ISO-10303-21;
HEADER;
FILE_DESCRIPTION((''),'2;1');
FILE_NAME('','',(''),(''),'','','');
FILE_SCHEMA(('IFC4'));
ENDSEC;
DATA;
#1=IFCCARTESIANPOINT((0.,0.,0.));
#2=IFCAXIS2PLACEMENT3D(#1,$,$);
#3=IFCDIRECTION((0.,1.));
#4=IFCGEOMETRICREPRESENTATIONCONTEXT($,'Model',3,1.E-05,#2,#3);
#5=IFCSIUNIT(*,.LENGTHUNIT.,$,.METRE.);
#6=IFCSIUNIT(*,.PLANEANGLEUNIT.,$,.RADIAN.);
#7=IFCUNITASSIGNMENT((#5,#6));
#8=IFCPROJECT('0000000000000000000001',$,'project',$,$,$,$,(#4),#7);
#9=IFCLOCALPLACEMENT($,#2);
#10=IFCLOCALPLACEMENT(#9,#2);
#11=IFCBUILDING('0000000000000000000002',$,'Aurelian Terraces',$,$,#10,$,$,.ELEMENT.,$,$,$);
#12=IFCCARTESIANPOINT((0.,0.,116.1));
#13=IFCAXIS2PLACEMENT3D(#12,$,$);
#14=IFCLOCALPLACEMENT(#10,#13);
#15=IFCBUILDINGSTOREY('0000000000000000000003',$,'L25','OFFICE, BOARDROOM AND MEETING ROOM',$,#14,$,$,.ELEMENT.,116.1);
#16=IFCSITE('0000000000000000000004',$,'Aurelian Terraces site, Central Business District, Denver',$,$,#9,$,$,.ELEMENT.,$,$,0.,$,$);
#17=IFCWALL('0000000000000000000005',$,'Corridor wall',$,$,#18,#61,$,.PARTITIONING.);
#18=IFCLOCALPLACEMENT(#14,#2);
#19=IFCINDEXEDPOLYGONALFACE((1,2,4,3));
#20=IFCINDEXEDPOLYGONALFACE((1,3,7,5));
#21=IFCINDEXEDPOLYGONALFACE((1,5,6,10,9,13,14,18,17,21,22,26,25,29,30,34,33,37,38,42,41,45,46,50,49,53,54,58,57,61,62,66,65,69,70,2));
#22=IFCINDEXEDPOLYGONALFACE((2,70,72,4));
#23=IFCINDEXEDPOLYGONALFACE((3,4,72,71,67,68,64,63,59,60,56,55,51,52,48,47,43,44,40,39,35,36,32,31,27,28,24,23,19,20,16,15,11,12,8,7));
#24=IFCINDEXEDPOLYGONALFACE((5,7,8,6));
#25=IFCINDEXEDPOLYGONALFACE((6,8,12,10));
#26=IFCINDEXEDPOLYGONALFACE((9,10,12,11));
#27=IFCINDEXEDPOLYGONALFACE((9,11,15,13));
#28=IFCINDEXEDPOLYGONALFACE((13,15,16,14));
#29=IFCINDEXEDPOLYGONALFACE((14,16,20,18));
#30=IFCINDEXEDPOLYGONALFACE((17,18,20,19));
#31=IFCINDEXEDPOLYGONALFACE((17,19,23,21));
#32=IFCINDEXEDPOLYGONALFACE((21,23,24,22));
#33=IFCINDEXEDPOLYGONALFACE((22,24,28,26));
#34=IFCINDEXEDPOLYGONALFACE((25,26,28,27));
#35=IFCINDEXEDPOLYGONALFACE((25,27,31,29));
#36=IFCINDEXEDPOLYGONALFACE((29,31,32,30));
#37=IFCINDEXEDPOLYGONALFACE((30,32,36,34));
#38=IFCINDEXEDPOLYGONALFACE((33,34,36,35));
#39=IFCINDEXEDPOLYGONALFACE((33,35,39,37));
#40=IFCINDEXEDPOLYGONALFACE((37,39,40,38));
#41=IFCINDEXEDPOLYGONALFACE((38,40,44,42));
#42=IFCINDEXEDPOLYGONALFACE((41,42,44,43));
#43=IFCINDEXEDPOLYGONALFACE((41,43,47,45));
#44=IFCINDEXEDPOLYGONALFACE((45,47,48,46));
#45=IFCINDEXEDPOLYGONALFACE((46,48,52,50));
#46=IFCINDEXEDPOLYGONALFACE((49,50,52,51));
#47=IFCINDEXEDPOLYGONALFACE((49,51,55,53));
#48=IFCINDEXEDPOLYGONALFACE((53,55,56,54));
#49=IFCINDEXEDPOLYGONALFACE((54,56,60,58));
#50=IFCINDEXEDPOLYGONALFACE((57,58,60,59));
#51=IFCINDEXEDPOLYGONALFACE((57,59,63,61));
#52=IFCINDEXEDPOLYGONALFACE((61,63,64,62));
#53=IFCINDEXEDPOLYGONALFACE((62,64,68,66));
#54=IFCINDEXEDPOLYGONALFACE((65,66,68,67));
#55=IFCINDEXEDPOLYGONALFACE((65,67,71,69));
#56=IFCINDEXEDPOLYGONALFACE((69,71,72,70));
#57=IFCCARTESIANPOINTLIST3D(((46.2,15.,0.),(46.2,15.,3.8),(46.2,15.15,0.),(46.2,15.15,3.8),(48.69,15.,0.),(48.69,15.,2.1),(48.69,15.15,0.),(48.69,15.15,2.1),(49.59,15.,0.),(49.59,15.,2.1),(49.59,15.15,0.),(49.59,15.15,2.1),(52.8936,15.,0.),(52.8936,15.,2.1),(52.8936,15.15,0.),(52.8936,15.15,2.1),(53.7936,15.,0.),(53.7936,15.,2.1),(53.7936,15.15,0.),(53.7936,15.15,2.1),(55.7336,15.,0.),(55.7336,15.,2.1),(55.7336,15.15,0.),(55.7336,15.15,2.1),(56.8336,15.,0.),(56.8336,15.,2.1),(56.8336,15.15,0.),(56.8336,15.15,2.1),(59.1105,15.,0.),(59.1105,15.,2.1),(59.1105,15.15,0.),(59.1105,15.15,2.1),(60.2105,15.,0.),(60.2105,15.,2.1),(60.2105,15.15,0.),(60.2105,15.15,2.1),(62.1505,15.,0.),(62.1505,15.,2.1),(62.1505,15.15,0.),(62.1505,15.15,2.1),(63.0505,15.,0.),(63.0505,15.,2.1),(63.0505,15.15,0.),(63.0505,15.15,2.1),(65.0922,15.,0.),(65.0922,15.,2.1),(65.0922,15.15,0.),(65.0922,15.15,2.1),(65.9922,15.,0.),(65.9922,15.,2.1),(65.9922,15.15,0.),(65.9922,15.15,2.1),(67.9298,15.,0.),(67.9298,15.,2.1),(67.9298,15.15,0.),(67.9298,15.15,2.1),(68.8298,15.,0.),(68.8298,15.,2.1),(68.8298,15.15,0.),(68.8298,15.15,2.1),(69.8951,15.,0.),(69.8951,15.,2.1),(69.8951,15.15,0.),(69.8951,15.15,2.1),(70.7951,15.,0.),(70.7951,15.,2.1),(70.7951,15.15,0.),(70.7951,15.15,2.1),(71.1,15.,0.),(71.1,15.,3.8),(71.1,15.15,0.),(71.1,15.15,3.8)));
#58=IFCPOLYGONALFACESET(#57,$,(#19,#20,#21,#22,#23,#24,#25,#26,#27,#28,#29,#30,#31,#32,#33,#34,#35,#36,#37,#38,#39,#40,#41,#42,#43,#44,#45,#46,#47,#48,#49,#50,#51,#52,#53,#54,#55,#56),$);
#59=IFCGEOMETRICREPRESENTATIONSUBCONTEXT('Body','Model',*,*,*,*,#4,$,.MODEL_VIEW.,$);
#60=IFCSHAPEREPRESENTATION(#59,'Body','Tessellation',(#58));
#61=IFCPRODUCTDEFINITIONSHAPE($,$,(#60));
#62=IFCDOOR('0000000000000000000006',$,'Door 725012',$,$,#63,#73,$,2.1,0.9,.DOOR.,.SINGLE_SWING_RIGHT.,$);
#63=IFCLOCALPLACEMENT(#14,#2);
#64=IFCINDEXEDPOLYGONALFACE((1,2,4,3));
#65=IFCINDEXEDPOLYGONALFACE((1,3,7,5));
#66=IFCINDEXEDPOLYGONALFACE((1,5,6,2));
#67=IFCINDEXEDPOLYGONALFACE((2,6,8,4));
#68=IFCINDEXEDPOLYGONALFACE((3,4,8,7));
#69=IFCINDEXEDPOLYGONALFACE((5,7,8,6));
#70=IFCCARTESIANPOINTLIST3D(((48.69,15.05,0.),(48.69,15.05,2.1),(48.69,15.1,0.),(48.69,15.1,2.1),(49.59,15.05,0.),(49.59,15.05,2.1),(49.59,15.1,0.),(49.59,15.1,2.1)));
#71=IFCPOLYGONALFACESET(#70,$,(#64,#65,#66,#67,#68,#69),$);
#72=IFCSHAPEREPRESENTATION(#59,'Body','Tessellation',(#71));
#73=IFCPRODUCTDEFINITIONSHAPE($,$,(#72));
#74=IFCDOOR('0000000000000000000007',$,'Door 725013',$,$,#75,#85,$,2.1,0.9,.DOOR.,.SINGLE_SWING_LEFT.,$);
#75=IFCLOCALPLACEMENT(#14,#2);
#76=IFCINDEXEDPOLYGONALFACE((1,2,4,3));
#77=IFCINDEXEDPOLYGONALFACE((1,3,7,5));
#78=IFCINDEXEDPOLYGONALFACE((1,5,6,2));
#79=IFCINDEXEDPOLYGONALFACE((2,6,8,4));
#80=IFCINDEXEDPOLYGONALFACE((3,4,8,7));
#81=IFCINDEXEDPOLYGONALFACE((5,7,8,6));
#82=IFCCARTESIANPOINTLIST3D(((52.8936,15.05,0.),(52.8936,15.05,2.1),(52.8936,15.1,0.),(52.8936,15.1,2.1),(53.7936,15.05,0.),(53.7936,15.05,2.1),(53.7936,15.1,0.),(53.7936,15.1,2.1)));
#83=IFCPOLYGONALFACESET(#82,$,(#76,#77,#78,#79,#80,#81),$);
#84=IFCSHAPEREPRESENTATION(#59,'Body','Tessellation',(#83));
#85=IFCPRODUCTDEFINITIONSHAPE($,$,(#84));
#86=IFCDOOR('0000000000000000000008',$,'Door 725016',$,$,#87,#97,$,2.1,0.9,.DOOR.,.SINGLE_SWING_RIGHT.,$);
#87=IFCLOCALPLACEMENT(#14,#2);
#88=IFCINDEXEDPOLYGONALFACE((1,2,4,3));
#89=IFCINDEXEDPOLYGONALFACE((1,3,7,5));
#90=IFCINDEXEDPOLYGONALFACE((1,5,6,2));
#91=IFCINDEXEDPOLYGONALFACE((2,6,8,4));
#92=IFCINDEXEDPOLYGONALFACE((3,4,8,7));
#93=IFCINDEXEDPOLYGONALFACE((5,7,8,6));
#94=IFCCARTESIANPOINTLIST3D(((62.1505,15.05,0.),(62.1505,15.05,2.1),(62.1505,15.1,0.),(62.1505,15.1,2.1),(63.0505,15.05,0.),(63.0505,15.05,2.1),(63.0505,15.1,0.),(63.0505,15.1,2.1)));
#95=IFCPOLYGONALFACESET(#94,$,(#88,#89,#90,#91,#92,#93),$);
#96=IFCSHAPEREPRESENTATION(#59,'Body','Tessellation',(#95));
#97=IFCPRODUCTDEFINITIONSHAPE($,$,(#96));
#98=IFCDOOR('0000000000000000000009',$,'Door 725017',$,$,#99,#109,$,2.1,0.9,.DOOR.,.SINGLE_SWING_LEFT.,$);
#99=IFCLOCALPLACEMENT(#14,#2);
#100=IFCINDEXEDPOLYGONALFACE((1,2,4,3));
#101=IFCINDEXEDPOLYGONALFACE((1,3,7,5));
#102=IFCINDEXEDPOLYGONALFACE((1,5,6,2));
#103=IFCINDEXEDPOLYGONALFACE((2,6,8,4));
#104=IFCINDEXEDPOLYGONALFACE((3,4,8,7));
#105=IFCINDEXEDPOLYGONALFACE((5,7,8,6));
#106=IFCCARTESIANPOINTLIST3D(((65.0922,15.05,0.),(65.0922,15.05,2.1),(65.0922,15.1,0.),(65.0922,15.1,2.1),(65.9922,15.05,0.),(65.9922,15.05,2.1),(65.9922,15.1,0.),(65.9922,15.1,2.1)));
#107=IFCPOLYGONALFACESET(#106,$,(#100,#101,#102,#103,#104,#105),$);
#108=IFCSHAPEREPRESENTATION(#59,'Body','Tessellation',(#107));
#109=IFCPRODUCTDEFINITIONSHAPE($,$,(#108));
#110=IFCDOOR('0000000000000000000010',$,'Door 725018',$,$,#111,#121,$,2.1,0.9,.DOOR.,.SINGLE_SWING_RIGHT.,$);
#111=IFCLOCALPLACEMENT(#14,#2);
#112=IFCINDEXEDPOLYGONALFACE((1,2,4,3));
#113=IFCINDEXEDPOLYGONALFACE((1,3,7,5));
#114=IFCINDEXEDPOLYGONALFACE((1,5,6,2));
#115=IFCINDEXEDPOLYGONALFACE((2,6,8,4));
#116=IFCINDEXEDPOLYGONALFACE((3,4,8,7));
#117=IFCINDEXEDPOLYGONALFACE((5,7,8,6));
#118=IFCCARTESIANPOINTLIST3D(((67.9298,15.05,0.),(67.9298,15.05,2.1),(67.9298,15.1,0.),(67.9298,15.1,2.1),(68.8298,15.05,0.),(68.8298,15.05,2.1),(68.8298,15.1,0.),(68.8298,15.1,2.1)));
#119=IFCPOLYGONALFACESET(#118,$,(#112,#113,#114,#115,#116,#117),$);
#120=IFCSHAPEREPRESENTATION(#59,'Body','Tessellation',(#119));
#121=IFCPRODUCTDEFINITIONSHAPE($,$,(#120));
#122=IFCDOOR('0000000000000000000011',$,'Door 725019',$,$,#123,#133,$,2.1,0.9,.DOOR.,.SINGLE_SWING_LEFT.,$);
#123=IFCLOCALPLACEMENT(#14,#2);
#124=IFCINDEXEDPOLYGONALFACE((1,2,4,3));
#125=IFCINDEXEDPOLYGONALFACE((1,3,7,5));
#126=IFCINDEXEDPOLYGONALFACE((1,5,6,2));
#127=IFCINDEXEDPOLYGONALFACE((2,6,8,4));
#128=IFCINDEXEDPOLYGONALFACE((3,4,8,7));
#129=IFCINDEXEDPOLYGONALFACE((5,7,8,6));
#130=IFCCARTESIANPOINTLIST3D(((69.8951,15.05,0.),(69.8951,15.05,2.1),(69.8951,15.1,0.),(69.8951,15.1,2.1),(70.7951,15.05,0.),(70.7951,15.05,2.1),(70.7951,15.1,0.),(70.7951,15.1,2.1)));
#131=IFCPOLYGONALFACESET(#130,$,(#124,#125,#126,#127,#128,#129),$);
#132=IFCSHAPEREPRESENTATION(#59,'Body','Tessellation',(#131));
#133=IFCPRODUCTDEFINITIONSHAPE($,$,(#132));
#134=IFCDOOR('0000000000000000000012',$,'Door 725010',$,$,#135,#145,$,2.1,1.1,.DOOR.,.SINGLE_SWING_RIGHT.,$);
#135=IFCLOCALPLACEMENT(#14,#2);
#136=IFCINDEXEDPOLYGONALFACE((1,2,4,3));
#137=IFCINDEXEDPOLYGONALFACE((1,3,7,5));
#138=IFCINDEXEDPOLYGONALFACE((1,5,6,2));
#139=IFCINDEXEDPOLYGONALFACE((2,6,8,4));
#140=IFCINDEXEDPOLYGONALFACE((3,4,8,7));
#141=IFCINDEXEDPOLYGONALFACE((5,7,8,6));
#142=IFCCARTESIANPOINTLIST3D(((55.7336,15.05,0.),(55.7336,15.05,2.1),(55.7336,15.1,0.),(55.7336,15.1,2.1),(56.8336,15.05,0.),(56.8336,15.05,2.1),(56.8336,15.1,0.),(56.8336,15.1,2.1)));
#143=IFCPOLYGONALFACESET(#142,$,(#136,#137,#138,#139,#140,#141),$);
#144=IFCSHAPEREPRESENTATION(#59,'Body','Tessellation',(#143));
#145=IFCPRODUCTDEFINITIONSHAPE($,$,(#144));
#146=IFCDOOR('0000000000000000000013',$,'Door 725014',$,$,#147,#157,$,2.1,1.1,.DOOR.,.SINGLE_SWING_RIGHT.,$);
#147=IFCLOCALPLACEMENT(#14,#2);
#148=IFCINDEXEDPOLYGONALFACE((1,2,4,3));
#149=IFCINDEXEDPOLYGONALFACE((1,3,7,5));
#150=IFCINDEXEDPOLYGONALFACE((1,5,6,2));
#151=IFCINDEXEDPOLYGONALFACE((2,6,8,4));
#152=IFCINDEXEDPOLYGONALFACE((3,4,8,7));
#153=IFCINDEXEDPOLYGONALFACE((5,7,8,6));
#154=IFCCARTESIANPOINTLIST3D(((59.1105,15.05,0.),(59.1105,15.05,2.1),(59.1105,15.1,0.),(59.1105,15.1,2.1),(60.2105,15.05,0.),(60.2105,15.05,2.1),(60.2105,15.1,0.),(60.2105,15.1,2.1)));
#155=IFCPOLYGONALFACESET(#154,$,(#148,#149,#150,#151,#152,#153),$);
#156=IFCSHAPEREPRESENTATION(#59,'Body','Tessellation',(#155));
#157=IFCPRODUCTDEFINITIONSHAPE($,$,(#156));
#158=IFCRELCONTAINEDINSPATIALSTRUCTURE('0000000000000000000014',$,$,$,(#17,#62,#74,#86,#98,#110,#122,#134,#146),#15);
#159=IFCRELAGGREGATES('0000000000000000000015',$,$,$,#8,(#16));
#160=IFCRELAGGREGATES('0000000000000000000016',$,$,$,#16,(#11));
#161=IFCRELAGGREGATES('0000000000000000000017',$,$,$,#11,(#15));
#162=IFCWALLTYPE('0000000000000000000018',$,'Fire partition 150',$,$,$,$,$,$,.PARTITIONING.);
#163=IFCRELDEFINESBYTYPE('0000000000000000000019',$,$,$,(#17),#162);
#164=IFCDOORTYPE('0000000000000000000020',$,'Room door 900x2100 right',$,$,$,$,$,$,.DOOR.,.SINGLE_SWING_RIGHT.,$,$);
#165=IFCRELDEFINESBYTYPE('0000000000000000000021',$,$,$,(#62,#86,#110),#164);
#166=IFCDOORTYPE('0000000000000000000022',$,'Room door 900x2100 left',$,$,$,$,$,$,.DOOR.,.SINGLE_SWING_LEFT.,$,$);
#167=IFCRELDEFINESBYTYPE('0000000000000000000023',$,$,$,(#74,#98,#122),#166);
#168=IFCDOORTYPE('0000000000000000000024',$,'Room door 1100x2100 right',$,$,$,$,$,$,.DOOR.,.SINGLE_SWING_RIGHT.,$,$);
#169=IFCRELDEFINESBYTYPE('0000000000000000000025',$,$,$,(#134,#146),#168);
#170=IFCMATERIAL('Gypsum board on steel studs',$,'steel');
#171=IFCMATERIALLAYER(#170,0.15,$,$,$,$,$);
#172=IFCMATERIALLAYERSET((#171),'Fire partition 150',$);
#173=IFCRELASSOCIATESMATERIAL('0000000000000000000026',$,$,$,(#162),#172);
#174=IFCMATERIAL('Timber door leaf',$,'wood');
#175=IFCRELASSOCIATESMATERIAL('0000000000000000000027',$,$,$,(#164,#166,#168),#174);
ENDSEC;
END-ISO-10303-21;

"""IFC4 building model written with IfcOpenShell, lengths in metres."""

from ifc_helpers import new_model, si_unit, direction, frame, frame_2d, origin, place, context, subcontext, project, spatial, rectangle, extrude, source, transform, mapped, material, layer, layer_set, type_object, element, fill, save


model = new_model("IFC4")

# Units and contexts
model_context = context("Model", 3, precision=1e-05, world=origin(), true_north=direction((0.0, 1.0)))
body_context = subcontext(model_context, "Body", "Model", "MODEL_VIEW")
ifc_project = project(units=[si_unit("LENGTHUNIT", "METRE"), si_unit("PLANEANGLEUNIT", "RADIAN")], contexts=[model_context])

# Site, building, storey
site_placement = place(None, origin())
site = spatial("IfcSite", under=ifc_project, at=site_placement, Name="Aurelian Terraces site, Central Business District, Denver", CompositionType="ELEMENT", RefElevation=0.0)
building_placement = place(site_placement, origin())
building = spatial("IfcBuilding", under=site, at=building_placement, Name="Aurelian Terraces", CompositionType="ELEMENT")
storey_placement = place(building_placement, frame((0.0, 0.0, 116.1)))
storey = spatial("IfcBuildingStorey", under=building, at=storey_placement, Name="L25", Description="OFFICE, BOARDROOM AND MEETING ROOM", CompositionType="ELEMENT", Elevation=116.1)

# Wall, openings, doors
ifc_material_1 = material(Name="Gypsum board on steel studs", Category="steel")
ifc_layer_1 = layer(ifc_material_1, 0.15)
ifc_layer_set_1 = layer_set([ifc_layer_1], Name="Fire partition 150")
wall_type_1 = type_object("IfcWallType", Name="Fire partition 150", PredefinedType="PARTITIONING", material=ifc_layer_set_1)
shared_shape_1 = source(origin(), body_context, "Body", "SweptSolid", [
    extrude(rectangle(XDim=24.9, YDim=0.15, at=frame_2d((12.45, 0.0))), origin(), (0.0, 0.0, 1.0), 3.8),
])
wall_1_placement = place(storey_placement, frame((71.1, 15.075, 0.0), z_axis=(0.0, 0.0, 1.0), x_axis=(-1.0, 0.0, 0.0)))
wall_1 = element("IfcWall", 1, at=wall_1_placement, inside=storey, type_object=wall_type_1, Name="Corridor wall", PredefinedType="PARTITIONING", context=body_context, shape_type="MappedRepresentation", body=[
    mapped(shared_shape_1, transform((0.0, 0.0, 0.0), scale=1.0)),
])
shared_shape_2 = source(origin(), body_context, "Body", "SweptSolid", [
    extrude(rectangle(XDim=1.1, YDim=2.1, at=frame_2d((0.55, 1.05))), frame((0.0, 0.085, 0.0), z_axis=(0.0, -1.0, 0.0), x_axis=(1.0, 0.0, 0.0)), (0.0, 0.0, 1.0), 0.17),
])
opening_1_placement = place(wall_1_placement, frame((14.2664, 0.0, 0.0)))
opening_1 = element("IfcOpeningElement", 2, at=opening_1_placement, cuts=wall_1, PredefinedType="OPENING", context=body_context, shape_type="MappedRepresentation", body=[
    mapped(shared_shape_2, transform((0.0, 0.0, 0.0), scale=1.0)),
])
shared_shape_3 = source(origin(), body_context, "Body", "SweptSolid", [
    extrude(rectangle(XDim=0.9, YDim=2.1, at=frame_2d((0.45, 1.05))), frame((0.0, 0.085, 0.0), z_axis=(0.0, -1.0, 0.0), x_axis=(1.0, 0.0, 0.0)), (0.0, 0.0, 1.0), 0.17),
])
opening_2_placement = place(wall_1_placement, frame((21.51, 0.0, 0.0)))
opening_2 = element("IfcOpeningElement", 3, at=opening_2_placement, cuts=wall_1, PredefinedType="OPENING", context=body_context, shape_type="MappedRepresentation", body=[
    mapped(shared_shape_3, transform((0.0, 0.0, 0.0), scale=1.0)),
])
opening_3_placement = place(wall_1_placement, frame((17.3064, 0.0, 0.0)))
opening_3 = element("IfcOpeningElement", 4, at=opening_3_placement, cuts=wall_1, PredefinedType="OPENING", context=body_context, shape_type="MappedRepresentation", body=[
    mapped(shared_shape_3, transform((0.0, 0.0, 0.0), scale=1.0)),
])
opening_4_placement = place(wall_1_placement, frame((10.8895, 0.0, 0.0)))
opening_4 = element("IfcOpeningElement", 5, at=opening_4_placement, cuts=wall_1, PredefinedType="OPENING", context=body_context, shape_type="MappedRepresentation", body=[
    mapped(shared_shape_2, transform((0.0, 0.0, 0.0), scale=1.0)),
])
opening_5_placement = place(wall_1_placement, frame((8.0495, 0.0, 0.0)))
opening_5 = element("IfcOpeningElement", 6, at=opening_5_placement, cuts=wall_1, PredefinedType="OPENING", context=body_context, shape_type="MappedRepresentation", body=[
    mapped(shared_shape_3, transform((0.0, 0.0, 0.0), scale=1.0)),
])
opening_6_placement = place(wall_1_placement, frame((5.1078, 0.0, 0.0)))
opening_6 = element("IfcOpeningElement", 7, at=opening_6_placement, cuts=wall_1, PredefinedType="OPENING", context=body_context, shape_type="MappedRepresentation", body=[
    mapped(shared_shape_3, transform((0.0, 0.0, 0.0), scale=1.0)),
])
opening_7_placement = place(wall_1_placement, frame((2.2702, 0.0, 0.0)))
opening_7 = element("IfcOpeningElement", 8, at=opening_7_placement, cuts=wall_1, PredefinedType="OPENING", context=body_context, shape_type="MappedRepresentation", body=[
    mapped(shared_shape_3, transform((0.0, 0.0, 0.0), scale=1.0)),
])
opening_8_placement = place(wall_1_placement, frame((0.3049, 0.0, 0.0)))
opening_8 = element("IfcOpeningElement", 9, at=opening_8_placement, cuts=wall_1, PredefinedType="OPENING", context=body_context, shape_type="MappedRepresentation", body=[
    mapped(shared_shape_3, transform((0.0, 0.0, 0.0), scale=1.0)),
])
ifc_material_2 = material(Name="Timber door leaf", Category="wood")
door_type_1 = type_object("IfcDoorType", Name="Room door 900x2100 right", OperationType="SINGLE_SWING_RIGHT", PredefinedType="DOOR", material=ifc_material_2)
shared_shape_4 = source(origin(), body_context, "Body", "SweptSolid", [
    extrude(rectangle(XDim=0.9, YDim=2.1, at=frame_2d((0.45, 1.05))), frame((0.0, 0.025, 0.0), z_axis=(0.0, -1.0, 0.0), x_axis=(1.0, 0.0, 0.0)), (0.0, 0.0, 1.0), 0.05),
])
door_1_placement = place(opening_2_placement, origin())
door_1 = element("IfcDoor", 10, at=door_1_placement, inside=storey, type_object=door_type_1, Name="Door 725012", OperationType="SINGLE_SWING_RIGHT", OverallHeight=2.1, OverallWidth=0.9, PredefinedType="DOOR", context=body_context, shape_type="MappedRepresentation", body=[
    mapped(shared_shape_4, transform((0.0, 0.0, 0.0), scale=1.0)),
])
fill(opening_2, door_1)
door_type_2 = type_object("IfcDoorType", Name="Room door 900x2100 left", OperationType="SINGLE_SWING_LEFT", PredefinedType="DOOR", material=ifc_material_2)
door_2_placement = place(opening_3_placement, origin())
door_2 = element("IfcDoor", 11, at=door_2_placement, inside=storey, type_object=door_type_2, Name="Door 725013", OperationType="SINGLE_SWING_LEFT", OverallHeight=2.1, OverallWidth=0.9, PredefinedType="DOOR", context=body_context, shape_type="MappedRepresentation", body=[
    mapped(shared_shape_4, transform((0.0, 0.0, 0.0), scale=1.0)),
])
fill(opening_3, door_2)
door_3_placement = place(opening_5_placement, origin())
door_3 = element("IfcDoor", 12, at=door_3_placement, inside=storey, type_object=door_type_1, Name="Door 725016", OperationType="SINGLE_SWING_RIGHT", OverallHeight=2.1, OverallWidth=0.9, PredefinedType="DOOR", context=body_context, shape_type="MappedRepresentation", body=[
    mapped(shared_shape_4, transform((0.0, 0.0, 0.0), scale=1.0)),
])
fill(opening_5, door_3)
door_4_placement = place(opening_6_placement, origin())
door_4 = element("IfcDoor", 13, at=door_4_placement, inside=storey, type_object=door_type_2, Name="Door 725017", OperationType="SINGLE_SWING_LEFT", OverallHeight=2.1, OverallWidth=0.9, PredefinedType="DOOR", context=body_context, shape_type="MappedRepresentation", body=[
    mapped(shared_shape_4, transform((0.0, 0.0, 0.0), scale=1.0)),
])
fill(opening_6, door_4)
door_5_placement = place(opening_7_placement, origin())
door_5 = element("IfcDoor", 14, at=door_5_placement, inside=storey, type_object=door_type_1, Name="Door 725018", OperationType="SINGLE_SWING_RIGHT", OverallHeight=2.1, OverallWidth=0.9, PredefinedType="DOOR", context=body_context, shape_type="MappedRepresentation", body=[
    mapped(shared_shape_4, transform((0.0, 0.0, 0.0), scale=1.0)),
])
fill(opening_7, door_5)
door_6_placement = place(opening_8_placement, origin())
door_6 = element("IfcDoor", 15, at=door_6_placement, inside=storey, type_object=door_type_2, Name="Door 725019", OperationType="SINGLE_SWING_LEFT", OverallHeight=2.1, OverallWidth=0.9, PredefinedType="DOOR", context=body_context, shape_type="MappedRepresentation", body=[
    mapped(shared_shape_4, transform((0.0, 0.0, 0.0), scale=1.0)),
])
fill(opening_8, door_6)
door_type_3 = type_object("IfcDoorType", Name="Room door 1100x2100 right", OperationType="SINGLE_SWING_RIGHT", PredefinedType="DOOR", material=ifc_material_2)
shared_shape_5 = source(origin(), body_context, "Body", "SweptSolid", [
    extrude(rectangle(XDim=1.1, YDim=2.1, at=frame_2d((0.55, 1.05))), frame((0.0, 0.025, 0.0), z_axis=(0.0, -1.0, 0.0), x_axis=(1.0, 0.0, 0.0)), (0.0, 0.0, 1.0), 0.05),
])
door_7_placement = place(opening_1_placement, origin())
door_7 = element("IfcDoor", 16, at=door_7_placement, inside=storey, type_object=door_type_3, Name="Door 725010", OperationType="SINGLE_SWING_RIGHT", OverallHeight=2.1, OverallWidth=1.1, PredefinedType="DOOR", context=body_context, shape_type="MappedRepresentation", body=[
    mapped(shared_shape_5, transform((0.0, 0.0, 0.0), scale=1.0)),
])
fill(opening_1, door_7)
door_8_placement = place(opening_4_placement, origin())
door_8 = element("IfcDoor", 17, at=door_8_placement, inside=storey, type_object=door_type_3, Name="Door 725014", OperationType="SINGLE_SWING_RIGHT", OverallHeight=2.1, OverallWidth=1.1, PredefinedType="DOOR", context=body_context, shape_type="MappedRepresentation", body=[
    mapped(shared_shape_5, transform((0.0, 0.0, 0.0), scale=1.0)),
])
fill(opening_4, door_8)

save(model, "model.ifc")
